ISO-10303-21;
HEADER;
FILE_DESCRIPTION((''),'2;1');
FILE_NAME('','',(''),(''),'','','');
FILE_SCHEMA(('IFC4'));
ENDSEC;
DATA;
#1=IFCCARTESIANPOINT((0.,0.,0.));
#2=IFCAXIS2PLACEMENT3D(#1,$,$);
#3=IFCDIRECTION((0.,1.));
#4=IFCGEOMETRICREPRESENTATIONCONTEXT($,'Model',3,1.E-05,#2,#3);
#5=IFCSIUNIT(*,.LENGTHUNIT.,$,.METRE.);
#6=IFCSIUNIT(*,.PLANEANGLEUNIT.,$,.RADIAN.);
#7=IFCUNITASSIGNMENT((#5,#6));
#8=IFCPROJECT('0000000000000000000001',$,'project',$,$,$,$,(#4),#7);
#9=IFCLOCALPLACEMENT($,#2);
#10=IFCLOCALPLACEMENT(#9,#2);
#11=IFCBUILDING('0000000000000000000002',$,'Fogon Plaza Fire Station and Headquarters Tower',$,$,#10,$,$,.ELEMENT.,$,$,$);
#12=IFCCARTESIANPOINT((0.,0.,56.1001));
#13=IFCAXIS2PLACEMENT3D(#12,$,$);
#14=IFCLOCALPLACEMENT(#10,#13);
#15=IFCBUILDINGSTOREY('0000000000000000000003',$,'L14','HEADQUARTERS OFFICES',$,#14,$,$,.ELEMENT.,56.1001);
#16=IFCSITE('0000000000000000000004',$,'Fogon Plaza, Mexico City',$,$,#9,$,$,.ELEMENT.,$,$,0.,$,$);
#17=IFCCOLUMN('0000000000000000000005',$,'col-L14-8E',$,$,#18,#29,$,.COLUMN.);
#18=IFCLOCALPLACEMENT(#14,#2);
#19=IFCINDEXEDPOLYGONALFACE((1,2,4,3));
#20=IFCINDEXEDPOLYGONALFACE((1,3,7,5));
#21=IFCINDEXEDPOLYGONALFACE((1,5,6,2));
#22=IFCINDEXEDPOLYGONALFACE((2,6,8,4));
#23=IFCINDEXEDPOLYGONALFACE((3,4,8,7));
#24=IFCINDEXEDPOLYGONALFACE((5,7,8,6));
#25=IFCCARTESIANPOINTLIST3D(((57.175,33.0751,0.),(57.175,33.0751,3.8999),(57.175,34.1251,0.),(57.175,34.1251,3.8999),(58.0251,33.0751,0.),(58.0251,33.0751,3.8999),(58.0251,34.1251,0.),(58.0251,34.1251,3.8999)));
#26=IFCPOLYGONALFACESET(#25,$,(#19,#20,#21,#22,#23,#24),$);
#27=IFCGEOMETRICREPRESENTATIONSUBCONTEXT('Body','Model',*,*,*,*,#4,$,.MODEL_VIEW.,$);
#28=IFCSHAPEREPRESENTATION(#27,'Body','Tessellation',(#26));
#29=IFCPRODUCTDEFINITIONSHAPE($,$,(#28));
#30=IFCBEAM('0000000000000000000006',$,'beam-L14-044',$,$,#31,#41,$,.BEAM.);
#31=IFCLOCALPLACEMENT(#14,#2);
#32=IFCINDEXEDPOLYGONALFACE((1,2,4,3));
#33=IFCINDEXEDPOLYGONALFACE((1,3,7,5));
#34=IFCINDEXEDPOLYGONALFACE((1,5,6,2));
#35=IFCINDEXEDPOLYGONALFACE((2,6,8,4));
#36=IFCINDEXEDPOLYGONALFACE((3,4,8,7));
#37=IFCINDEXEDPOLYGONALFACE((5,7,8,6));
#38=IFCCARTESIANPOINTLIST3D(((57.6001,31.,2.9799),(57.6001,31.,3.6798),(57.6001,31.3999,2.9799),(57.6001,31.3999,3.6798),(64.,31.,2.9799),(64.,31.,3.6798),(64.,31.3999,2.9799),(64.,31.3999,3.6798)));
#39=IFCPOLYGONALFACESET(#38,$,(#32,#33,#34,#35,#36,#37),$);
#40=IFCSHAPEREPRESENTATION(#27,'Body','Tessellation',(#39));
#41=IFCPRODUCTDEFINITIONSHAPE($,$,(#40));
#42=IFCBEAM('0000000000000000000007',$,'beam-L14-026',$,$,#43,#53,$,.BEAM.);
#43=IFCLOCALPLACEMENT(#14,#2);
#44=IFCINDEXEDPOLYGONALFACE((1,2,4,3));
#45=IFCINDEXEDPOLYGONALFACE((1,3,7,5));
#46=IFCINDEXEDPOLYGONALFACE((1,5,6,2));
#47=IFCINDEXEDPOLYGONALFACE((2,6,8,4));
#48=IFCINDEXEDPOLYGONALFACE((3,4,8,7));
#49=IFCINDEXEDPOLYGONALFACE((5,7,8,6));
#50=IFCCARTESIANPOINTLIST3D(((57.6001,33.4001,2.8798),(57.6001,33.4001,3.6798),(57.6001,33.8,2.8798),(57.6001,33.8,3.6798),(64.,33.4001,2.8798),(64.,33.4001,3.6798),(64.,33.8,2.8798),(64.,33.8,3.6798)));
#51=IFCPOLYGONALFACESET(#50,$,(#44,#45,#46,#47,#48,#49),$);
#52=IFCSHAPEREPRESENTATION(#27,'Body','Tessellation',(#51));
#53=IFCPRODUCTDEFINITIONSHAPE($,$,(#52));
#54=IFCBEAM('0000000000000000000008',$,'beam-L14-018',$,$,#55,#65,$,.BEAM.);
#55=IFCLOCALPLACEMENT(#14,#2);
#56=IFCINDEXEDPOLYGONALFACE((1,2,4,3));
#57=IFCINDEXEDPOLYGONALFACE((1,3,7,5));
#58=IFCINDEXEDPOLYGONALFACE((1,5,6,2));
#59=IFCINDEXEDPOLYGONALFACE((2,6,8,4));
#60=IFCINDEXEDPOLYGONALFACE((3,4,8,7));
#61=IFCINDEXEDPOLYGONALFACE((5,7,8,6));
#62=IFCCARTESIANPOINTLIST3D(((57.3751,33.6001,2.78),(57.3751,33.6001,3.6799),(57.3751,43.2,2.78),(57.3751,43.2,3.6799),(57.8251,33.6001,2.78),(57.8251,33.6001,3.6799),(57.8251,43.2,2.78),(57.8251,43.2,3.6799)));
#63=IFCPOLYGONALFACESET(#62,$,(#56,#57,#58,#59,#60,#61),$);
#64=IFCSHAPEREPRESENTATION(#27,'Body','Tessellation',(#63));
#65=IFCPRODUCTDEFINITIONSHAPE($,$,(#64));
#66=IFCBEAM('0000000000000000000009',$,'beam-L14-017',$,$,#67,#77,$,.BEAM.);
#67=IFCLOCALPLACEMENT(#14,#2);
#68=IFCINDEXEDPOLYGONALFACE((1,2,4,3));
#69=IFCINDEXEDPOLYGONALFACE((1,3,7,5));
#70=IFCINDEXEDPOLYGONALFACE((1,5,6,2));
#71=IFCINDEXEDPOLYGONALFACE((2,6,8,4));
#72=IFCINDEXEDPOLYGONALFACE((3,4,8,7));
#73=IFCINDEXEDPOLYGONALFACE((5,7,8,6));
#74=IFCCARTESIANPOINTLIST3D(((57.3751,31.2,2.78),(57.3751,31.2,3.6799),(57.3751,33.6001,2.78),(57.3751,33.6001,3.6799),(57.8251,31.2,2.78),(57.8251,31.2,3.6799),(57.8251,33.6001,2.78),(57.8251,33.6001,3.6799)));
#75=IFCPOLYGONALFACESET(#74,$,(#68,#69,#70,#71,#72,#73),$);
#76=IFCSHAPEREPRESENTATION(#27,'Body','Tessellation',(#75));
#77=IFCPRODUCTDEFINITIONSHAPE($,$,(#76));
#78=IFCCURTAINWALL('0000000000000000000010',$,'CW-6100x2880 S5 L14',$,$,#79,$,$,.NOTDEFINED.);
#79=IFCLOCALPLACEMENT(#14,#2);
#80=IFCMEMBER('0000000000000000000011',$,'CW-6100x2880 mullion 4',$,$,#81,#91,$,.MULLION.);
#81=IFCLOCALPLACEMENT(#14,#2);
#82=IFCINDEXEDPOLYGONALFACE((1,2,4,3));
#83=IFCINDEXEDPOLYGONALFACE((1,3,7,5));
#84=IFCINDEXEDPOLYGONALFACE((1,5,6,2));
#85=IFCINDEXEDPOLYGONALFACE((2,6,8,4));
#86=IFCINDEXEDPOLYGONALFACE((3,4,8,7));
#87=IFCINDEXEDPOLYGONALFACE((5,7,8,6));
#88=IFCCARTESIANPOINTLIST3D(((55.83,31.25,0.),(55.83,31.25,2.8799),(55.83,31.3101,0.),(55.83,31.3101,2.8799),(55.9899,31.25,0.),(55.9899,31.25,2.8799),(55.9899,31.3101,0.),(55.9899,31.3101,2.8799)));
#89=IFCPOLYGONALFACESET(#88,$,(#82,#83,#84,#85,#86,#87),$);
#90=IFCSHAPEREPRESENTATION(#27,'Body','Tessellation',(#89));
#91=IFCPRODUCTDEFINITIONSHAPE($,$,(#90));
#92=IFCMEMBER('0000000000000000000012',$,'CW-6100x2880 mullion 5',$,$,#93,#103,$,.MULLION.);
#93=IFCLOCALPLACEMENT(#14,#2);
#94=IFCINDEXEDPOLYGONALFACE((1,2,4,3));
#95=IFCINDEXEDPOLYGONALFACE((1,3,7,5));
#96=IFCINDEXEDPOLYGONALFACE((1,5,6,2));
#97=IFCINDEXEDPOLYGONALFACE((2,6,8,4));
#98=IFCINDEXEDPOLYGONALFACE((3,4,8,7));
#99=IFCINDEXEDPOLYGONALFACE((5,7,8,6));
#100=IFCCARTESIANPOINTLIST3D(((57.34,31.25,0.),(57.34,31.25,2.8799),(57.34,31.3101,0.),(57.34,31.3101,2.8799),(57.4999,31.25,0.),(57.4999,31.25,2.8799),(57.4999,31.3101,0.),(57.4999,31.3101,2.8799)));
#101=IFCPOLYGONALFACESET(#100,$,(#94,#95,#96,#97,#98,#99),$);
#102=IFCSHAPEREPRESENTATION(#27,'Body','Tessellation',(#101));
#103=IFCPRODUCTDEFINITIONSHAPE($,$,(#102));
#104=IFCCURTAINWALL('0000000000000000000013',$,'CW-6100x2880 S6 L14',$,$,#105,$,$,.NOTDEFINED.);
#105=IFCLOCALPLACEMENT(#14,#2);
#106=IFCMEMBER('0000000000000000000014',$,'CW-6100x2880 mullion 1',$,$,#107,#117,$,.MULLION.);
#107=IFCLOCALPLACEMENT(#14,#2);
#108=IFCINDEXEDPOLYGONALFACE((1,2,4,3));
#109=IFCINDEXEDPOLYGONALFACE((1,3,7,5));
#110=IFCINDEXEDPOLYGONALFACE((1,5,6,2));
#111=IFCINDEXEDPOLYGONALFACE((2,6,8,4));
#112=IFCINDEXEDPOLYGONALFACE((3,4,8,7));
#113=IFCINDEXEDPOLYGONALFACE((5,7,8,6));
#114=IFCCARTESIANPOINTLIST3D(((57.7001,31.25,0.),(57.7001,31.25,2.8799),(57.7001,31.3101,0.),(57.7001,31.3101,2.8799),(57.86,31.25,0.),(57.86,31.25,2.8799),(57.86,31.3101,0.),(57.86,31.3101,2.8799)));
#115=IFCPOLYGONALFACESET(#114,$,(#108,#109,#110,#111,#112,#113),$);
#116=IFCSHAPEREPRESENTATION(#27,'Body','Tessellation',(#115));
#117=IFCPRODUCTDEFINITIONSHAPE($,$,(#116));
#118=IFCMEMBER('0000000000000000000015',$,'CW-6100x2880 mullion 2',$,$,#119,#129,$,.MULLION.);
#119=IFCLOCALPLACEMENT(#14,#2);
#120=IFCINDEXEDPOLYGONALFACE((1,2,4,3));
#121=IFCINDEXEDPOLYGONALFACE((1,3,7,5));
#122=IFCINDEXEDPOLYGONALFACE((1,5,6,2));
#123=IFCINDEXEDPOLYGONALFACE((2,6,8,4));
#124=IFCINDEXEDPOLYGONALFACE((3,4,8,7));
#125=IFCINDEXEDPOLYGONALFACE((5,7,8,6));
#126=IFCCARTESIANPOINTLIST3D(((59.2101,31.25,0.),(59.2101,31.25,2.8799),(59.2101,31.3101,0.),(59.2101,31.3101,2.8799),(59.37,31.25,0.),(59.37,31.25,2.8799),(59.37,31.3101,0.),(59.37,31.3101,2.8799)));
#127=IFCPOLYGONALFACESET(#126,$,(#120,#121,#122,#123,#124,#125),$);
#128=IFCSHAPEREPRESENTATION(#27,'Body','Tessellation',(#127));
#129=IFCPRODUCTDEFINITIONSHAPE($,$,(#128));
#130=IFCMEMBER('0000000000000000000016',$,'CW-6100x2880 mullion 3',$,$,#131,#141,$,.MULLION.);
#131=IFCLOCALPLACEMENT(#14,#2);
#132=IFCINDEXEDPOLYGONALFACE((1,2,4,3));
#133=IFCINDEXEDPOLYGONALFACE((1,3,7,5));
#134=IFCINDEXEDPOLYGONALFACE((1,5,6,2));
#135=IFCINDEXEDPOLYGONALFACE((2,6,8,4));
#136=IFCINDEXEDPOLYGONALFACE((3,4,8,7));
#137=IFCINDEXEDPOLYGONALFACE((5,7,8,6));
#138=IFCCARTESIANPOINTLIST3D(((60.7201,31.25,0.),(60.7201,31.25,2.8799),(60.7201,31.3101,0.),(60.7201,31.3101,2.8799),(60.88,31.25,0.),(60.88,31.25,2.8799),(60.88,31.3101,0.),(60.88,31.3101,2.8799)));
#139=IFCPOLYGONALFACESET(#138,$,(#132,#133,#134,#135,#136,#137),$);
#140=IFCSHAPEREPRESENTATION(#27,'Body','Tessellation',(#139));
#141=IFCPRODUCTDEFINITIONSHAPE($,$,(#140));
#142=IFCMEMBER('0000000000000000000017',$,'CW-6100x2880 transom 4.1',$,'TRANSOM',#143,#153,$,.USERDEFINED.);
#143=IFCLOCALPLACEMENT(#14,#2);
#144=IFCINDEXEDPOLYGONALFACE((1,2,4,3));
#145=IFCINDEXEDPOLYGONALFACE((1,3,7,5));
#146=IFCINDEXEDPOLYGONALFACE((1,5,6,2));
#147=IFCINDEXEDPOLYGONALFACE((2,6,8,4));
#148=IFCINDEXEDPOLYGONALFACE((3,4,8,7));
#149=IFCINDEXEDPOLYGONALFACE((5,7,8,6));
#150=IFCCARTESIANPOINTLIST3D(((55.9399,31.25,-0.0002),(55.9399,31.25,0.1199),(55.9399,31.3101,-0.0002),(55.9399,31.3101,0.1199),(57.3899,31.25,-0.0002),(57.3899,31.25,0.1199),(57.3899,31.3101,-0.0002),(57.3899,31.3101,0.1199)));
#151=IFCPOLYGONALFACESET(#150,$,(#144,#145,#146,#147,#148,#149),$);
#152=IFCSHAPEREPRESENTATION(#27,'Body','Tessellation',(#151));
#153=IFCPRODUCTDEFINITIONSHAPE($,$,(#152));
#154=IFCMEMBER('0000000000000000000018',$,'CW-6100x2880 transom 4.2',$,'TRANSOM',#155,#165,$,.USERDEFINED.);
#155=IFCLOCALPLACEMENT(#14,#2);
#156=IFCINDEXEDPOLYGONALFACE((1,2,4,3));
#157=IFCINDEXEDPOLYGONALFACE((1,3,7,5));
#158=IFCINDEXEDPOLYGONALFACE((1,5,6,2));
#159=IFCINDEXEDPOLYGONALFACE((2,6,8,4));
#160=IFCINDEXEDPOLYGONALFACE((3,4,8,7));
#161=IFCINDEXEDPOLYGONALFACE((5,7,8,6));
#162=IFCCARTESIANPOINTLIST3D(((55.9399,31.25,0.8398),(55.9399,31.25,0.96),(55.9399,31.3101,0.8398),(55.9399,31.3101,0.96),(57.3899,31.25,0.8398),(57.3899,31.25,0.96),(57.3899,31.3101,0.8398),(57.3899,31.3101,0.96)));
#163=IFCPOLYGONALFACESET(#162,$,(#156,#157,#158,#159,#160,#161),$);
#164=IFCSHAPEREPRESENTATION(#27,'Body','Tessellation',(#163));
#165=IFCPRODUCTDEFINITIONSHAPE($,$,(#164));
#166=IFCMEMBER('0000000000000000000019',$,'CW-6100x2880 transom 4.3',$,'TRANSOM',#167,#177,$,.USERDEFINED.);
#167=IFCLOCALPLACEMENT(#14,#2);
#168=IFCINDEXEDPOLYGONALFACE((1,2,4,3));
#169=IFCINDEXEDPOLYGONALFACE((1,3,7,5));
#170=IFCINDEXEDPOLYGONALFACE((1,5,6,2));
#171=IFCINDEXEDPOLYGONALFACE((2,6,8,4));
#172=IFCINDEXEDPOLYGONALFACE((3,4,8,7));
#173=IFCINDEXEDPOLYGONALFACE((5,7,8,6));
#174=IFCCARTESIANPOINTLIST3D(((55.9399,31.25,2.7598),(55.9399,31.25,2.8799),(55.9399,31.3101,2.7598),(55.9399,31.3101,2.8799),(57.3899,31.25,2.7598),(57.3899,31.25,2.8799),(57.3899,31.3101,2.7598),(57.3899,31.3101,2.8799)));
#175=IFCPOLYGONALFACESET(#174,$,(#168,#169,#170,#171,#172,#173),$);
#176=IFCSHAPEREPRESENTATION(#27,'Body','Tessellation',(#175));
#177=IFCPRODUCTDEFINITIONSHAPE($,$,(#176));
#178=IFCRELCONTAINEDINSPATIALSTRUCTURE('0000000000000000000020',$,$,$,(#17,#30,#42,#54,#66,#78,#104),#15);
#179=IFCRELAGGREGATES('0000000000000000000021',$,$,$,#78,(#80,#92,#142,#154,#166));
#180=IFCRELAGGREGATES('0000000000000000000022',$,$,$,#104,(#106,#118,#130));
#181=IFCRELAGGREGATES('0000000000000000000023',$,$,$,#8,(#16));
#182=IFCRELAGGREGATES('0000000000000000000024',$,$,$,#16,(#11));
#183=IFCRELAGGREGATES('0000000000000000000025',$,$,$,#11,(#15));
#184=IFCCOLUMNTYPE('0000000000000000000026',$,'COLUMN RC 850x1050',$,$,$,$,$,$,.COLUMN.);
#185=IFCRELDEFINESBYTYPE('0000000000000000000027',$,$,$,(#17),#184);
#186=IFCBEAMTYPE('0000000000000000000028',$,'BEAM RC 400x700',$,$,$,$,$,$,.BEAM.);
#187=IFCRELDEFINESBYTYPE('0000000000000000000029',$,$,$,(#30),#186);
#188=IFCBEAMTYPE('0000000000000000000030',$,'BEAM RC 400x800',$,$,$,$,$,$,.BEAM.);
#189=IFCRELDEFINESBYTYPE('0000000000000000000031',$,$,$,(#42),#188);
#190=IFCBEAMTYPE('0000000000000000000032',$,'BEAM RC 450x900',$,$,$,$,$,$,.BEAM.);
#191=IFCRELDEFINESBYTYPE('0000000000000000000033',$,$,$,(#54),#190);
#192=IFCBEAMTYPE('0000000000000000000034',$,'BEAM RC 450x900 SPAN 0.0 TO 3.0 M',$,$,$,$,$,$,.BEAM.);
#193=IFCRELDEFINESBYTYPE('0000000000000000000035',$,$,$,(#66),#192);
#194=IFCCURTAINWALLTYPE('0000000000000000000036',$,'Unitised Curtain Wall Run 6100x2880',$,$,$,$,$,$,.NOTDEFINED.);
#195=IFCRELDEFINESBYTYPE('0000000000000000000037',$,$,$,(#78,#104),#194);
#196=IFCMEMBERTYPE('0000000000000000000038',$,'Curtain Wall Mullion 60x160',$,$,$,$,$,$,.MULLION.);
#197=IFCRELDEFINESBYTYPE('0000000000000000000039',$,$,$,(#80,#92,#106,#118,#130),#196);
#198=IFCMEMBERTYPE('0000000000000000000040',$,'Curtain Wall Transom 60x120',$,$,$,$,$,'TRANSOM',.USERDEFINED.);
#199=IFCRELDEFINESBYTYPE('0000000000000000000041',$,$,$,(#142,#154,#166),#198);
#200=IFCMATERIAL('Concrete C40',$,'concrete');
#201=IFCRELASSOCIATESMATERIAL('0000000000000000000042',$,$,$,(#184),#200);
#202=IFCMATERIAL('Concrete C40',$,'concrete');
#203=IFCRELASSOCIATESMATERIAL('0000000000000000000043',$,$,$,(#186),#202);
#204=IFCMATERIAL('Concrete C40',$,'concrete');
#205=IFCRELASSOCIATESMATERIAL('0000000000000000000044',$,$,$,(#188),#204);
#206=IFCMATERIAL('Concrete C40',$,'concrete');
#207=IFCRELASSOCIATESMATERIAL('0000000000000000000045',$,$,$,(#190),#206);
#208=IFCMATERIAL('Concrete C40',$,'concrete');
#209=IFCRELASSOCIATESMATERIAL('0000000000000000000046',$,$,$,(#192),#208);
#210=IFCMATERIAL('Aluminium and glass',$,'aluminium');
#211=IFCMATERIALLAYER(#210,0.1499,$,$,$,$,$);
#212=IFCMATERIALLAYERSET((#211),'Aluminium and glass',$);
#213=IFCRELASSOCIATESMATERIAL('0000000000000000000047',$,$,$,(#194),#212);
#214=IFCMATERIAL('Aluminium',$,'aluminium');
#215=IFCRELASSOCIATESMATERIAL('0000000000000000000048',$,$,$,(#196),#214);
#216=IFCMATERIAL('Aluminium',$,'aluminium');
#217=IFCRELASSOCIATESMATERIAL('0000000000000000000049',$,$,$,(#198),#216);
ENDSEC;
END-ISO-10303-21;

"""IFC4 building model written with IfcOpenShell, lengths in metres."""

from ifc_helpers import new_model, si_unit, direction, frame, origin, origin_2d, place, context, subcontext, project, spatial, rectangle, extrude, material, layer, layer_set, material_profile, profile_set, type_object, element, aggregate, save


model = new_model("IFC4")

# Units and contexts
model_context = context("Model", 3, precision=1e-05, world=origin(), true_north=direction((0.0, 1.0)))
body_context = subcontext(model_context, "Body", "Model", "MODEL_VIEW")
ifc_project = project(units=[si_unit("LENGTHUNIT", "METRE"), si_unit("PLANEANGLEUNIT", "RADIAN")], contexts=[model_context])

# Site, building, storey
site_placement = place(None, origin())
site = spatial("IfcSite", under=ifc_project, at=site_placement, Name="Fogon Plaza, Mexico City", CompositionType="ELEMENT", RefElevation=0.0)
building_placement = place(site_placement, origin())
building = spatial("IfcBuilding", under=site, at=building_placement, Name="Fogon Plaza Fire Station and Headquarters Tower", CompositionType="ELEMENT")
storey_placement = place(building_placement, frame((0.0, 0.0, 56.1001)))
storey = spatial("IfcBuildingStorey", under=building, at=storey_placement, Name="L14", Description="HEADQUARTERS OFFICES", CompositionType="ELEMENT", Elevation=56.1001)

# Column
ifc_material_1 = material(Name="Concrete C40", Category="concrete")
ifc_material_profile_1 = material_profile(ifc_material_1, rectangle(XDim=0.8501, YDim=1.05, at=origin_2d()), Name="RC 850x1050")
ifc_profile_set_1 = profile_set([ifc_material_profile_1], Name="Concrete C40")
column_type = type_object("IfcColumnType", Name="COLUMN RC 850x1050", PredefinedType="COLUMN", material=ifc_profile_set_1)
column_placement = place(storey_placement, frame((57.6001, 33.6001, 0.0), z_axis=(0.0, 0.0, 1.0), x_axis=(1.0, 0.0, 0.0)))
element("IfcColumn", 1, at=column_placement, inside=storey, type_object=column_type, Name="col-L14-8E", PredefinedType="COLUMN", context=body_context, shape_type="SweptSolid", body=[
    extrude(rectangle(XDim=0.8501, YDim=1.05, at=origin_2d()), origin(), (0.0, 0.0, 1.0), 3.8999),
])

# Beams
ifc_material_2 = material(Name="Concrete C40", Category="concrete")
ifc_material_profile_2 = material_profile(ifc_material_2, rectangle(XDim=0.3999, YDim=0.7, at=origin_2d()), Name="RC 400x700")
ifc_profile_set_2 = profile_set([ifc_material_profile_2], Name="Concrete C40")
beam_type_1 = type_object("IfcBeamType", Name="BEAM RC 400x700", PredefinedType="BEAM", material=ifc_profile_set_2)
beam_1_placement = place(storey_placement, frame((57.6001, 31.2, 3.3298), z_axis=(1.0, 0.0, 0.0), x_axis=(0.0, 1.0, 0.0)))
element("IfcBeam", 2, at=beam_1_placement, inside=storey, type_object=beam_type_1, Name="beam-L14-044", PredefinedType="BEAM", context=body_context, shape_type="SweptSolid", body=[
    extrude(rectangle(XDim=0.3999, YDim=0.7, at=origin_2d()), origin(), (0.0, 0.0, 1.0), 6.3999),
])
ifc_material_3 = material(Name="Concrete C40", Category="concrete")
ifc_material_profile_3 = material_profile(ifc_material_3, rectangle(XDim=0.3999, YDim=0.8, at=origin_2d()), Name="RC 400x800")
ifc_profile_set_3 = profile_set([ifc_material_profile_3], Name="Concrete C40")
beam_type_2 = type_object("IfcBeamType", Name="BEAM RC 400x800", PredefinedType="BEAM", material=ifc_profile_set_3)
beam_2_placement = place(storey_placement, frame((57.6001, 33.6001, 3.2798), z_axis=(1.0, 0.0, 0.0), x_axis=(0.0, 1.0, 0.0)))
element("IfcBeam", 3, at=beam_2_placement, inside=storey, type_object=beam_type_2, Name="beam-L14-026", PredefinedType="BEAM", context=body_context, shape_type="SweptSolid", body=[
    extrude(rectangle(XDim=0.3999, YDim=0.8, at=origin_2d()), origin(), (0.0, 0.0, 1.0), 6.3999),
])
ifc_material_4 = material(Name="Concrete C40", Category="concrete")
ifc_material_profile_4 = material_profile(ifc_material_4, rectangle(XDim=0.45, YDim=0.8999, at=origin_2d()), Name="RC 450x900")
ifc_profile_set_4 = profile_set([ifc_material_profile_4], Name="Concrete C40")
beam_type_3 = type_object("IfcBeamType", Name="BEAM RC 450x900", PredefinedType="BEAM", material=ifc_profile_set_4)
beam_3_placement = place(storey_placement, frame((57.6001, 33.6001, 3.23), z_axis=(0.0, 1.0, 0.0), x_axis=(-1.0, 0.0, 0.0)))
element("IfcBeam", 4, at=beam_3_placement, inside=storey, type_object=beam_type_3, Name="beam-L14-018", PredefinedType="BEAM", context=body_context, shape_type="SweptSolid", body=[
    extrude(rectangle(XDim=0.45, YDim=0.8999, at=origin_2d()), origin(), (0.0, 0.0, 1.0), 9.5999),
])
ifc_material_5 = material(Name="Concrete C40", Category="concrete")
ifc_material_profile_5 = material_profile(ifc_material_5, rectangle(XDim=0.45, YDim=0.8999, at=origin_2d()), Name="RC 450x900")
ifc_profile_set_5 = profile_set([ifc_material_profile_5], Name="Concrete C40")
beam_type_4 = type_object("IfcBeamType", Name="BEAM RC 450x900 SPAN 0.0 TO 3.0 M", PredefinedType="BEAM", material=ifc_profile_set_5)
beam_4_placement = place(storey_placement, frame((57.6001, 31.2, 3.23), z_axis=(0.0, 1.0, 0.0), x_axis=(-1.0, 0.0, 0.0)))
element("IfcBeam", 5, at=beam_4_placement, inside=storey, type_object=beam_type_4, Name="beam-L14-017", PredefinedType="BEAM", context=body_context, shape_type="SweptSolid", body=[
    extrude(rectangle(XDim=0.45, YDim=0.8999, at=origin_2d()), origin(), (0.0, 0.0, 1.0), 2.4001),
])

# Curtain walls, members
ifc_material_6 = material(Name="Aluminium and glass", Category="aluminium")
ifc_layer_1 = layer(ifc_material_6, 0.1499)
ifc_layer_set_1 = layer_set([ifc_layer_1], Name="Aluminium and glass")
curtain_wall_type = type_object("IfcCurtainWallType", Name="Unitised Curtain Wall Run 6100x2880", PredefinedType="NOTDEFINED", material=ifc_layer_set_1)
curtain_wall_1_placement = place(storey_placement, origin())
curtain_wall_1 = element("IfcCurtainWall", 6, at=curtain_wall_1_placement, inside=storey, type_object=curtain_wall_type, Name="CW-6100x2880 S5 L14", PredefinedType="NOTDEFINED")
ifc_material_7 = material(Name="Aluminium", Category="aluminium")
ifc_material_profile_6 = material_profile(ifc_material_7, rectangle(XDim=0.0601, YDim=0.1599, at=origin_2d()), Name="Curtain Wall Mullion 60x160")
ifc_profile_set_6 = profile_set([ifc_material_profile_6], Name="Aluminium")
member_type_1 = type_object("IfcMemberType", Name="Curtain Wall Mullion 60x160", PredefinedType="MULLION", material=ifc_profile_set_6)
member_1_placement = place(storey_placement, frame((55.9099, 31.28, 0.0), z_axis=(0.0, 0.0, 1.0), x_axis=(0.0, 1.0, 0.0)))
member_1 = element("IfcMember", 7, at=member_1_placement, type_object=member_type_1, Name="CW-6100x2880 mullion 4", PredefinedType="MULLION", context=body_context, shape_type="SweptSolid", body=[
    extrude(rectangle(XDim=0.0601, YDim=0.1599, at=origin_2d()), origin(), (0.0, 0.0, 1.0), 2.8799),
])
member_2_placement = place(storey_placement, frame((57.4199, 31.28, 0.0), z_axis=(0.0, 0.0, 1.0), x_axis=(0.0, 1.0, 0.0)))
member_2 = element("IfcMember", 8, at=member_2_placement, type_object=member_type_1, Name="CW-6100x2880 mullion 5", PredefinedType="MULLION", context=body_context, shape_type="SweptSolid", body=[
    extrude(rectangle(XDim=0.0601, YDim=0.1599, at=origin_2d()), origin(), (0.0, 0.0, 1.0), 2.8799),
])
curtain_wall_2_placement = place(storey_placement, origin())
curtain_wall_2 = element("IfcCurtainWall", 9, at=curtain_wall_2_placement, inside=storey, type_object=curtain_wall_type, Name="CW-6100x2880 S6 L14", PredefinedType="NOTDEFINED")
member_3_placement = place(storey_placement, frame((57.78, 31.28, 0.0), z_axis=(0.0, 0.0, 1.0), x_axis=(0.0, 1.0, 0.0)))
member_3 = element("IfcMember", 10, at=member_3_placement, type_object=member_type_1, Name="CW-6100x2880 mullion 1", PredefinedType="MULLION", context=body_context, shape_type="SweptSolid", body=[
    extrude(rectangle(XDim=0.0601, YDim=0.1599, at=origin_2d()), origin(), (0.0, 0.0, 1.0), 2.8799),
])
member_4_placement = place(storey_placement, frame((59.29, 31.28, 0.0), z_axis=(0.0, 0.0, 1.0), x_axis=(0.0, 1.0, 0.0)))
member_4 = element("IfcMember", 11, at=member_4_placement, type_object=member_type_1, Name="CW-6100x2880 mullion 2", PredefinedType="MULLION", context=body_context, shape_type="SweptSolid", body=[
    extrude(rectangle(XDim=0.0601, YDim=0.1599, at=origin_2d()), origin(), (0.0, 0.0, 1.0), 2.8799),
])
member_5_placement = place(storey_placement, frame((60.8, 31.28, 0.0), z_axis=(0.0, 0.0, 1.0), x_axis=(0.0, 1.0, 0.0)))
member_5 = element("IfcMember", 12, at=member_5_placement, type_object=member_type_1, Name="CW-6100x2880 mullion 3", PredefinedType="MULLION", context=body_context, shape_type="SweptSolid", body=[
    extrude(rectangle(XDim=0.0601, YDim=0.1599, at=origin_2d()), origin(), (0.0, 0.0, 1.0), 2.8799),
])

# Members
ifc_material_8 = material(Name="Aluminium", Category="aluminium")
ifc_material_profile_7 = material_profile(ifc_material_8, rectangle(XDim=0.0601, YDim=0.1201, at=origin_2d()), Name="Curtain Wall Transom 60x120")
ifc_profile_set_7 = profile_set([ifc_material_profile_7], Name="Aluminium")
member_type_2 = type_object("IfcMemberType", Name="Curtain Wall Transom 60x120", ElementType="TRANSOM", PredefinedType="USERDEFINED", material=ifc_profile_set_7)
member_6_placement = place(storey_placement, frame((55.9399, 31.28, 0.0598), z_axis=(1.0, 0.0, 0.0), x_axis=(0.0, 1.0, 0.0)))
member_6 = element("IfcMember", 13, at=member_6_placement, type_object=member_type_2, Name="CW-6100x2880 transom 4.1", ObjectType="TRANSOM", PredefinedType="USERDEFINED", context=body_context, shape_type="SweptSolid", body=[
    extrude(rectangle(XDim=0.0601, YDim=0.1201, at=origin_2d()), origin(), (0.0, 0.0, 1.0), 1.45),
])
member_7_placement = place(storey_placement, frame((55.9399, 31.28, 0.8999), z_axis=(1.0, 0.0, 0.0), x_axis=(0.0, 1.0, 0.0)))
member_7 = element("IfcMember", 14, at=member_7_placement, type_object=member_type_2, Name="CW-6100x2880 transom 4.2", ObjectType="TRANSOM", PredefinedType="USERDEFINED", context=body_context, shape_type="SweptSolid", body=[
    extrude(rectangle(XDim=0.0601, YDim=0.1201, at=origin_2d()), origin(), (0.0, 0.0, 1.0), 1.45),
])
member_8_placement = place(storey_placement, frame((55.9399, 31.28, 2.8198), z_axis=(1.0, 0.0, 0.0), x_axis=(0.0, 1.0, 0.0)))
member_8 = element("IfcMember", 15, at=member_8_placement, type_object=member_type_2, Name="CW-6100x2880 transom 4.3", ObjectType="TRANSOM", PredefinedType="USERDEFINED", context=body_context, shape_type="SweptSolid", body=[
    extrude(rectangle(XDim=0.0601, YDim=0.1201, at=origin_2d()), origin(), (0.0, 0.0, 1.0), 1.45),
])

aggregate(curtain_wall_1, [member_1, member_2, member_6, member_7, member_8])
aggregate(curtain_wall_2, [member_3, member_4, member_5])

save(model, "model.ifc")
